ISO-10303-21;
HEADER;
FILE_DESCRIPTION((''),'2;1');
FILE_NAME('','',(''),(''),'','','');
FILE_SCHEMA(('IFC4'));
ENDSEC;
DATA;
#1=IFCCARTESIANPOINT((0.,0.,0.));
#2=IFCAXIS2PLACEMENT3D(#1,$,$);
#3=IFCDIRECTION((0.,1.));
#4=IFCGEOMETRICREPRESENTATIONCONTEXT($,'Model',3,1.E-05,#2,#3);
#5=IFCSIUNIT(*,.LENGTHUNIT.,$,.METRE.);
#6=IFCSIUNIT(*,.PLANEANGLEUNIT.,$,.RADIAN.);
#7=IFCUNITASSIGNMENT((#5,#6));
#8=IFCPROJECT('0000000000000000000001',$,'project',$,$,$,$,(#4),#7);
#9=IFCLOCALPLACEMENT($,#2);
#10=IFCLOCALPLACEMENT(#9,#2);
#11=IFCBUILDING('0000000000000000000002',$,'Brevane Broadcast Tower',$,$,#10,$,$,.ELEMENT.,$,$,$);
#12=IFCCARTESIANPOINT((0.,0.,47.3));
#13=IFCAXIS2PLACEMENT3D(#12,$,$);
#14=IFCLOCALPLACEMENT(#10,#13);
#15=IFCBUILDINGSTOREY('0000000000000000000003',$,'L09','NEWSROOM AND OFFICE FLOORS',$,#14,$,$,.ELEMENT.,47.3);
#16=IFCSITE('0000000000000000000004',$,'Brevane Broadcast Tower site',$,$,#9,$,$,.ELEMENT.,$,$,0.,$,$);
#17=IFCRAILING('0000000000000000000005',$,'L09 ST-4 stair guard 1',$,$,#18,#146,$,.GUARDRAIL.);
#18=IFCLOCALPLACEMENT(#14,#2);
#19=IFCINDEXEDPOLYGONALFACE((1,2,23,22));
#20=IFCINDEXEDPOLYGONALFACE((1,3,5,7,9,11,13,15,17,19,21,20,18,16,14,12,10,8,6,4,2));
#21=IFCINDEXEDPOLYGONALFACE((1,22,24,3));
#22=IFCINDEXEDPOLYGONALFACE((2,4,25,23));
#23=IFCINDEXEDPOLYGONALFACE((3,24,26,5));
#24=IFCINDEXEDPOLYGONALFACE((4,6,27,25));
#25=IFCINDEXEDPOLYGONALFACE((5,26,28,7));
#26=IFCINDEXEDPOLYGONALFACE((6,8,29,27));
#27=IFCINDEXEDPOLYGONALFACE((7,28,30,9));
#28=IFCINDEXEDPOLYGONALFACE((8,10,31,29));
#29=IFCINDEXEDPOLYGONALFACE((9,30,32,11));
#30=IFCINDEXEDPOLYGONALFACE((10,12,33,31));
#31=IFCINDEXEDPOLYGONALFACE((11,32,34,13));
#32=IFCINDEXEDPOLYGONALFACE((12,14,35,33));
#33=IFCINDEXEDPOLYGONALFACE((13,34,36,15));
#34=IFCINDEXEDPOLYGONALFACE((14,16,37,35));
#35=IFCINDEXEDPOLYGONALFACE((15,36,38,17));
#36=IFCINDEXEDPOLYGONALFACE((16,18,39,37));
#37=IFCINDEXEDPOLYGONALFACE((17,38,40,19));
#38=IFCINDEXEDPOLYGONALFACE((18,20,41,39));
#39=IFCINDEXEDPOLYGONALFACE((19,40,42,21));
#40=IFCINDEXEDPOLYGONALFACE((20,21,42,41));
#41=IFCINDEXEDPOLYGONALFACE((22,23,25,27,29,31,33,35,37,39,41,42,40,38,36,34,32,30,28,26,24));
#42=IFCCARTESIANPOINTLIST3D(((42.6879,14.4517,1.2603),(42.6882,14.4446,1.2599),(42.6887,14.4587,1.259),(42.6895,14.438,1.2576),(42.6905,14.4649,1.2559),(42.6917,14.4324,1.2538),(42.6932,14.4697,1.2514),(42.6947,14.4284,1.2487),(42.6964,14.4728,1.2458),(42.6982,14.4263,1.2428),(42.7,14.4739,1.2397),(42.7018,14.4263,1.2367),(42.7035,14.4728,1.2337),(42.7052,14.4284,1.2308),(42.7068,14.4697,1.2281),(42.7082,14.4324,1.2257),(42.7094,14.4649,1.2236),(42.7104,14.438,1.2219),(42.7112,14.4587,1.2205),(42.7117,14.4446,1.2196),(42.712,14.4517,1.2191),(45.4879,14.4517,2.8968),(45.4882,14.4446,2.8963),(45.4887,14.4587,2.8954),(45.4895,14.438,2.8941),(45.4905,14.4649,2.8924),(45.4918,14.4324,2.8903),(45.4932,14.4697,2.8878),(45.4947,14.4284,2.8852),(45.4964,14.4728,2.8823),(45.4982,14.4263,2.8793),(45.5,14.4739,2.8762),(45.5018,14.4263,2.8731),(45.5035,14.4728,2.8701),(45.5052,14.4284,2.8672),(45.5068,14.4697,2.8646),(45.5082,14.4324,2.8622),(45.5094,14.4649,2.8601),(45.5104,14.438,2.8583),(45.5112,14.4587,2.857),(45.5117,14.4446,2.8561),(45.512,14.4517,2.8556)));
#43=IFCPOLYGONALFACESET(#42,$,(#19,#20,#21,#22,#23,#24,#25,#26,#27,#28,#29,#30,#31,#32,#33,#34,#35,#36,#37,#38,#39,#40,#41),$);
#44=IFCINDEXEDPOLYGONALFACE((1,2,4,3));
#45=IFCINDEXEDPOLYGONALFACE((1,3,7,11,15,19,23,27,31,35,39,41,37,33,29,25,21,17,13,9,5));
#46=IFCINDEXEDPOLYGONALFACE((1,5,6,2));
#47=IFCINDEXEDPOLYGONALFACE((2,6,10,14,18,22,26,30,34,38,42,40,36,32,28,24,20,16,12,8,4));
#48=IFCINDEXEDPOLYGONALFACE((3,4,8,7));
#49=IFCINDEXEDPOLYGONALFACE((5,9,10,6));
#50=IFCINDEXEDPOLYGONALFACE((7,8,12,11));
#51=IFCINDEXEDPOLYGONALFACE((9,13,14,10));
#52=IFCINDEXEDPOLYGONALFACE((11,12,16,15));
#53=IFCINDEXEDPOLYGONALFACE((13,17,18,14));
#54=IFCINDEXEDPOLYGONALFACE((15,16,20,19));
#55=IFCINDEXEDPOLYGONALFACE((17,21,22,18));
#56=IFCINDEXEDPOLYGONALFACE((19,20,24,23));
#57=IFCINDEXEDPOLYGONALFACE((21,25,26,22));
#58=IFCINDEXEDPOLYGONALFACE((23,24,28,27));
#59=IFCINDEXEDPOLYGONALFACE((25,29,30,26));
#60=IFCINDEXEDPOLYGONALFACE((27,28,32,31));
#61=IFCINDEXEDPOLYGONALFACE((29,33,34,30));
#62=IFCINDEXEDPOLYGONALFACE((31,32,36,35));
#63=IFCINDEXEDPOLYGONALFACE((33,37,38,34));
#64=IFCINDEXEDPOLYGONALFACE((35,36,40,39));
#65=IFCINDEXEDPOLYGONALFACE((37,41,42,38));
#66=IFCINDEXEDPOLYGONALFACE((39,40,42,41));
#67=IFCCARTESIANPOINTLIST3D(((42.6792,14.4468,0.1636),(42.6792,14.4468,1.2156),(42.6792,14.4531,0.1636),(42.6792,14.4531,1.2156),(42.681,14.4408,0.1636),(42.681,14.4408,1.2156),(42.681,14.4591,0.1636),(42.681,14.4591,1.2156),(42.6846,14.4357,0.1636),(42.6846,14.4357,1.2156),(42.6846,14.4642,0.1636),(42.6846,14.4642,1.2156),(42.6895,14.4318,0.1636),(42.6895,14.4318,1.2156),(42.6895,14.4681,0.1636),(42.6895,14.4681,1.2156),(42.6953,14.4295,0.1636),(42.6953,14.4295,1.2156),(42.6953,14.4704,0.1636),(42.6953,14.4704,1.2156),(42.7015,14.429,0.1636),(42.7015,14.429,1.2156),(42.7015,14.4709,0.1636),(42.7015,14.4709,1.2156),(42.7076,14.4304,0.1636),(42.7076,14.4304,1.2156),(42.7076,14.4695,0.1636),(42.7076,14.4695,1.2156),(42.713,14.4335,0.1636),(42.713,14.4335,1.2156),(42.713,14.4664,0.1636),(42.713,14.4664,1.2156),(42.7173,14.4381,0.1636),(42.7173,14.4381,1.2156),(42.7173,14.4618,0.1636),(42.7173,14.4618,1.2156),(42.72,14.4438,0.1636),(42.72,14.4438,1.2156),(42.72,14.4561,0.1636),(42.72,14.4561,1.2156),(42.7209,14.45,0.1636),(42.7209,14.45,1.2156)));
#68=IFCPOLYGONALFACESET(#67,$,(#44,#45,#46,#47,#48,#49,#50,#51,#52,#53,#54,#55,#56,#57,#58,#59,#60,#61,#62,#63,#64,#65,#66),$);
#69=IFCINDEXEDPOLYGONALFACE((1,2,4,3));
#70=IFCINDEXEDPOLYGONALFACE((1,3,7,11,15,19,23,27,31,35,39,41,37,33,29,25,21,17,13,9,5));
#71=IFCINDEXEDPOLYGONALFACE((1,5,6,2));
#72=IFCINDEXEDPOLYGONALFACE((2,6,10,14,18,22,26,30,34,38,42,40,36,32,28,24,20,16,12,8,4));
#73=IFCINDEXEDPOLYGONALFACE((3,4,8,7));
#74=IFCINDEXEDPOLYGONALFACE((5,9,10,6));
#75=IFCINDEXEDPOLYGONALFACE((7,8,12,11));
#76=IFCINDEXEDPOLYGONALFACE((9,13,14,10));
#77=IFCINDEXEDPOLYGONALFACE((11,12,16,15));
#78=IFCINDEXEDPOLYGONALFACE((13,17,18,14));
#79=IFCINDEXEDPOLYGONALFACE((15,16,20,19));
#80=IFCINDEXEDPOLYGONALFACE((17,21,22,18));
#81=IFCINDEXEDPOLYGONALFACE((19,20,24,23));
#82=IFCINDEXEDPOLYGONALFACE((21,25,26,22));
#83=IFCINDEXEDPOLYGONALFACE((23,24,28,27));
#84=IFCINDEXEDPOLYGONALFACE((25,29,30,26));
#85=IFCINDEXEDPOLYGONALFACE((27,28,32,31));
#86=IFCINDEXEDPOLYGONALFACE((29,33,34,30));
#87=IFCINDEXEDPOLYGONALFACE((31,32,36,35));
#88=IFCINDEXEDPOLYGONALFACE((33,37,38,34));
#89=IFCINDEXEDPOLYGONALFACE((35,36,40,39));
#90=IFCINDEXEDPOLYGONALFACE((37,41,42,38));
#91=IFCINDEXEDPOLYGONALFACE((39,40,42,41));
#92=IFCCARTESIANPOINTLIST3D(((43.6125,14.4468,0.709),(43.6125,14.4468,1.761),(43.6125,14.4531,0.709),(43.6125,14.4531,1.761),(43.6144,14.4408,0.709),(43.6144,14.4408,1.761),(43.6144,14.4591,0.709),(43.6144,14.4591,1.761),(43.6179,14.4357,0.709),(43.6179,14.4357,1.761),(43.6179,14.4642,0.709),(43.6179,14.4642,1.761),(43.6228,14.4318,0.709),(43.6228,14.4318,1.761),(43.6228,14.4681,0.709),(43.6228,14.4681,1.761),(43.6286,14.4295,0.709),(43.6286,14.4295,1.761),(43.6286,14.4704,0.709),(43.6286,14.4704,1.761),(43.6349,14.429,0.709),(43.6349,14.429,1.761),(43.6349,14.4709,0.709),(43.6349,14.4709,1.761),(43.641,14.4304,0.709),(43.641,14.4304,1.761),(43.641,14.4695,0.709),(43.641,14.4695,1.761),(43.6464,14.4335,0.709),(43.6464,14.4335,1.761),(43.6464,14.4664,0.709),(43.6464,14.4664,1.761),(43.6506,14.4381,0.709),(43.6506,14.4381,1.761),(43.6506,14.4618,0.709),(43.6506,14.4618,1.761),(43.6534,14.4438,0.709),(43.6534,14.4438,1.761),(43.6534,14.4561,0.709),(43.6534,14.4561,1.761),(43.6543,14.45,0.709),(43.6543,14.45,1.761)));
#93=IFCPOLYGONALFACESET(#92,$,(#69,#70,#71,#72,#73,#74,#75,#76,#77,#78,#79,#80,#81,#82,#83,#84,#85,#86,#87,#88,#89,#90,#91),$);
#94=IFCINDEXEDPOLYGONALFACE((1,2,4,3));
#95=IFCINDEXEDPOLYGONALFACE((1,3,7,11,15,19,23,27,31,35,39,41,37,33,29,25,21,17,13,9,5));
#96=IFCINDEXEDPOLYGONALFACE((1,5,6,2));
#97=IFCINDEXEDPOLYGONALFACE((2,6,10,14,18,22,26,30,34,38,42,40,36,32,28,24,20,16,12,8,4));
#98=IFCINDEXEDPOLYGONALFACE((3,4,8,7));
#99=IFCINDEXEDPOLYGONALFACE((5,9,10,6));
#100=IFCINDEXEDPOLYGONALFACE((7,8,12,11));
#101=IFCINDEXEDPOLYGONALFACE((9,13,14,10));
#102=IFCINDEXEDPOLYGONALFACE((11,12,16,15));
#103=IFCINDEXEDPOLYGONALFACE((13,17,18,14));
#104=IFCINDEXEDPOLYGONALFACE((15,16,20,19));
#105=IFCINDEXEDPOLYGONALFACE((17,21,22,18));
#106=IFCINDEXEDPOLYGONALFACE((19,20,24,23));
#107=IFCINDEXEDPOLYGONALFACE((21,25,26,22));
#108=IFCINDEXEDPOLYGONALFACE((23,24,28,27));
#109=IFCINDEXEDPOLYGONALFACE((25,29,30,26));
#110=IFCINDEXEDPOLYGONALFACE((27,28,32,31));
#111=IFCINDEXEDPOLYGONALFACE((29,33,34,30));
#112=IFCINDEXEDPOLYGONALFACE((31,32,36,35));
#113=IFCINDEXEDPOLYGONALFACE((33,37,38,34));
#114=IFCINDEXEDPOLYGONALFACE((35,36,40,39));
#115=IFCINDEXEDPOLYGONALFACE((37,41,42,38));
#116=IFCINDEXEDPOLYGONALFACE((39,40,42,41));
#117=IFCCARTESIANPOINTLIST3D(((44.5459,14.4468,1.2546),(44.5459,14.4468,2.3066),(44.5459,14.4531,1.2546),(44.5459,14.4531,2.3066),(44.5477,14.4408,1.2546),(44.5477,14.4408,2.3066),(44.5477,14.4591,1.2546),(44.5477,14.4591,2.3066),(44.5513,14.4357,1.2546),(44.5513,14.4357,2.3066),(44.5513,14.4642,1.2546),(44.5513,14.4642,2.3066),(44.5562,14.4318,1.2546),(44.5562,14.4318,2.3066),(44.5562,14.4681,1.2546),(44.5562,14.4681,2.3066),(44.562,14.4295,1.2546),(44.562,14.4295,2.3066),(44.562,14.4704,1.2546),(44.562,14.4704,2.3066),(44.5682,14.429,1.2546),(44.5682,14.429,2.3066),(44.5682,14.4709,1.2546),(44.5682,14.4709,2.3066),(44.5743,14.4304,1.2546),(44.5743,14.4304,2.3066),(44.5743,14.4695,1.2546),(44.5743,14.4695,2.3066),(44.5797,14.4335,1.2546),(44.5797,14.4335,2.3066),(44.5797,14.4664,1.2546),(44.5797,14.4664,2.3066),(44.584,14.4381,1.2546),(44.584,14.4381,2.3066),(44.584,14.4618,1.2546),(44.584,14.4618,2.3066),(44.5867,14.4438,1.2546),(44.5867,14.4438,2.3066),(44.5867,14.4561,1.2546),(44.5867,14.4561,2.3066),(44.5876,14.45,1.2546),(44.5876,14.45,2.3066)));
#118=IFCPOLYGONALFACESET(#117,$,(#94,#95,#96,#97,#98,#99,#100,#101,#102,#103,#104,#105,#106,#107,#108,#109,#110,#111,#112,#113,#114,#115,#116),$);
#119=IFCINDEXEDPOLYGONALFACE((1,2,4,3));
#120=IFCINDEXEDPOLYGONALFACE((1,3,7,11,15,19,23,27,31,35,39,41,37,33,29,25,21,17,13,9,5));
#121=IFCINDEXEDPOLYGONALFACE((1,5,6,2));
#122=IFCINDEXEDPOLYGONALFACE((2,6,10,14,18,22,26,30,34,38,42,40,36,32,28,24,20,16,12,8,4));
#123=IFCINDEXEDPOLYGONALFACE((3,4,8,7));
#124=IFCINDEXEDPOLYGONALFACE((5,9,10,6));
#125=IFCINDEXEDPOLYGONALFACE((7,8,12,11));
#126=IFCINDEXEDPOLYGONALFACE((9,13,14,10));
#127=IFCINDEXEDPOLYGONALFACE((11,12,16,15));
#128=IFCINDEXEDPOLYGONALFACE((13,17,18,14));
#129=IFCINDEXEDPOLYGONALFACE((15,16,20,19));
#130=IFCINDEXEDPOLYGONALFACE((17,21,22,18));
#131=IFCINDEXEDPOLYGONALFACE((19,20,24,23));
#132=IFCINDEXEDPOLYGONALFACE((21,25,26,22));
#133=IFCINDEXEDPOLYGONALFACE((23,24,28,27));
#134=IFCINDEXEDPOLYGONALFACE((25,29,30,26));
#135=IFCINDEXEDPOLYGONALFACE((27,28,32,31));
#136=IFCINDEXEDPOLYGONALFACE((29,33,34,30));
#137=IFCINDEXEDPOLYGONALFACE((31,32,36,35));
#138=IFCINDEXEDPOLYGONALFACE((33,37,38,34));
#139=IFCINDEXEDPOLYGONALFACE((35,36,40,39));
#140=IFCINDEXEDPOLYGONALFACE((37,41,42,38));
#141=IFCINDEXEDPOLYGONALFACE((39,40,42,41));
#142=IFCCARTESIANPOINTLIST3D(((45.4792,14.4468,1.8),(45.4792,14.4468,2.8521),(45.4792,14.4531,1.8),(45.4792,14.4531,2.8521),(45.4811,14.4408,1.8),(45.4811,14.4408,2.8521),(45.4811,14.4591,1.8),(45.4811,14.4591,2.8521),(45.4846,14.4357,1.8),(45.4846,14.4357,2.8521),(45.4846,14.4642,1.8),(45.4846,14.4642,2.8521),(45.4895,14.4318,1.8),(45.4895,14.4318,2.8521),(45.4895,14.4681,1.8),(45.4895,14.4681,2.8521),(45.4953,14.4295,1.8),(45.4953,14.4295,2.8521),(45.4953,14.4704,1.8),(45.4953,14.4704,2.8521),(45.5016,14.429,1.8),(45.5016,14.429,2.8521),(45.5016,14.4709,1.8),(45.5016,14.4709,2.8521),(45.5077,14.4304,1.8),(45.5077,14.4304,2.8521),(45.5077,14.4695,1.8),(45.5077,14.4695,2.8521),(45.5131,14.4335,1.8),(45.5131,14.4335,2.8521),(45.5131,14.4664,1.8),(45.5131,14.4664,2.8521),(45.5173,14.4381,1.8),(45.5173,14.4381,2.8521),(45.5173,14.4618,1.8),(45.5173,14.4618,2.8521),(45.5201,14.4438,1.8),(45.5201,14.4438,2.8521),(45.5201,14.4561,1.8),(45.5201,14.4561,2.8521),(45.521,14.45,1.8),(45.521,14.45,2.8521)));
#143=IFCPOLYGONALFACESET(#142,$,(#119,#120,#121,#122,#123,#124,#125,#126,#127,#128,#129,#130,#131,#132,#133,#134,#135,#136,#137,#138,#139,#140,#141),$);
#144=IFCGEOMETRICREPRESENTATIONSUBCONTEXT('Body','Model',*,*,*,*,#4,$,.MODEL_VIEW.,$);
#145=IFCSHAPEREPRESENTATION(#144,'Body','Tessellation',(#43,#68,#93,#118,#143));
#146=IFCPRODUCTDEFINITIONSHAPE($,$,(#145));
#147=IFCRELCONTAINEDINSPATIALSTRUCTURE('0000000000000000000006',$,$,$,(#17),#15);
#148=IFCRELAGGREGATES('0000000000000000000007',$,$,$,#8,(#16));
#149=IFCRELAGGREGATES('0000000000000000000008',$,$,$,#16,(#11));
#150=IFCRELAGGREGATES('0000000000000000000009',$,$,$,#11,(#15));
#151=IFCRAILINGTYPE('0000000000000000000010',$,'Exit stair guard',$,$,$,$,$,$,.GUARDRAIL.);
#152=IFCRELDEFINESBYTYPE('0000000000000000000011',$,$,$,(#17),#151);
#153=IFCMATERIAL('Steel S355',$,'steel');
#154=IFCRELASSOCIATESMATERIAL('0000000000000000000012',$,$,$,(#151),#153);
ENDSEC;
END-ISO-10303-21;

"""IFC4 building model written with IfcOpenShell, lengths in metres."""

from ifc_helpers import new_model, si_unit, direction, frame, origin, origin_2d, place, context, subcontext, project, spatial, circle, extrude, material, type_object, element, save


model = new_model("IFC4")

# Units and contexts
model_context = context("Model", 3, precision=1e-05, world=origin(), true_north=direction((0.0, 1.0)))
body_context = subcontext(model_context, "Body", "Model", "MODEL_VIEW")
ifc_project = project(units=[si_unit("LENGTHUNIT", "METRE"), si_unit("PLANEANGLEUNIT", "RADIAN")], contexts=[model_context])

# Site, building, storey
site_placement = place(None, origin())
site = spatial("IfcSite", under=ifc_project, at=site_placement, Name="Brevane Broadcast Tower site", CompositionType="ELEMENT", RefElevation=0.0)
building_placement = place(site_placement, origin())
building = spatial("IfcBuilding", under=site, at=building_placement, Name="Brevane Broadcast Tower", CompositionType="ELEMENT")
storey_placement = place(building_placement, frame((0.0, 0.0, 47.3)))
storey = spatial("IfcBuildingStorey", under=building, at=storey_placement, Name="L09", Description="NEWSROOM AND OFFICE FLOORS", CompositionType="ELEMENT", Elevation=47.3)

# Railing
ifc_material_1 = material(Name="Steel S355", Category="steel")
railing_type_1 = type_object("IfcRailingType", Name="Exit stair guard", PredefinedType="GUARDRAIL", material=ifc_material_1)
railing_1_placement = place(storey_placement, frame((42.7, 14.45, 0.1636)))
element("IfcRailing", 1, at=railing_1_placement, inside=storey, type_object=railing_type_1, Name="L09 ST-4 stair guard 1", PredefinedType="GUARDRAIL", context=body_context, shape_type="SweptSolid", body=[
    extrude(circle(Radius=0.0239, at=origin_2d()), frame((0.0, 0.0, 1.0762), z_axis=(0.863361, 0.0, 0.504587), x_axis=(0.0, 1.0, 0.0)), (0.0, 0.0, 1.0), 3.2432),
    extrude(circle(Radius=0.021, at=origin_2d()), origin(), (0.0, 0.0, 1.0), 1.052),
    extrude(circle(Radius=0.021, at=origin_2d()), frame((0.9333, 0.0, 0.5454)), (0.0, 0.0, 1.0), 1.052),
    extrude(circle(Radius=0.021, at=origin_2d()), frame((1.8667, 0.0, 1.0911)), (0.0, 0.0, 1.0), 1.052),
    extrude(circle(Radius=0.021, at=origin_2d()), frame((2.8, 0.0, 1.6365)), (0.0, 0.0, 1.0), 1.052),
])

save(model, "model.ifc")
